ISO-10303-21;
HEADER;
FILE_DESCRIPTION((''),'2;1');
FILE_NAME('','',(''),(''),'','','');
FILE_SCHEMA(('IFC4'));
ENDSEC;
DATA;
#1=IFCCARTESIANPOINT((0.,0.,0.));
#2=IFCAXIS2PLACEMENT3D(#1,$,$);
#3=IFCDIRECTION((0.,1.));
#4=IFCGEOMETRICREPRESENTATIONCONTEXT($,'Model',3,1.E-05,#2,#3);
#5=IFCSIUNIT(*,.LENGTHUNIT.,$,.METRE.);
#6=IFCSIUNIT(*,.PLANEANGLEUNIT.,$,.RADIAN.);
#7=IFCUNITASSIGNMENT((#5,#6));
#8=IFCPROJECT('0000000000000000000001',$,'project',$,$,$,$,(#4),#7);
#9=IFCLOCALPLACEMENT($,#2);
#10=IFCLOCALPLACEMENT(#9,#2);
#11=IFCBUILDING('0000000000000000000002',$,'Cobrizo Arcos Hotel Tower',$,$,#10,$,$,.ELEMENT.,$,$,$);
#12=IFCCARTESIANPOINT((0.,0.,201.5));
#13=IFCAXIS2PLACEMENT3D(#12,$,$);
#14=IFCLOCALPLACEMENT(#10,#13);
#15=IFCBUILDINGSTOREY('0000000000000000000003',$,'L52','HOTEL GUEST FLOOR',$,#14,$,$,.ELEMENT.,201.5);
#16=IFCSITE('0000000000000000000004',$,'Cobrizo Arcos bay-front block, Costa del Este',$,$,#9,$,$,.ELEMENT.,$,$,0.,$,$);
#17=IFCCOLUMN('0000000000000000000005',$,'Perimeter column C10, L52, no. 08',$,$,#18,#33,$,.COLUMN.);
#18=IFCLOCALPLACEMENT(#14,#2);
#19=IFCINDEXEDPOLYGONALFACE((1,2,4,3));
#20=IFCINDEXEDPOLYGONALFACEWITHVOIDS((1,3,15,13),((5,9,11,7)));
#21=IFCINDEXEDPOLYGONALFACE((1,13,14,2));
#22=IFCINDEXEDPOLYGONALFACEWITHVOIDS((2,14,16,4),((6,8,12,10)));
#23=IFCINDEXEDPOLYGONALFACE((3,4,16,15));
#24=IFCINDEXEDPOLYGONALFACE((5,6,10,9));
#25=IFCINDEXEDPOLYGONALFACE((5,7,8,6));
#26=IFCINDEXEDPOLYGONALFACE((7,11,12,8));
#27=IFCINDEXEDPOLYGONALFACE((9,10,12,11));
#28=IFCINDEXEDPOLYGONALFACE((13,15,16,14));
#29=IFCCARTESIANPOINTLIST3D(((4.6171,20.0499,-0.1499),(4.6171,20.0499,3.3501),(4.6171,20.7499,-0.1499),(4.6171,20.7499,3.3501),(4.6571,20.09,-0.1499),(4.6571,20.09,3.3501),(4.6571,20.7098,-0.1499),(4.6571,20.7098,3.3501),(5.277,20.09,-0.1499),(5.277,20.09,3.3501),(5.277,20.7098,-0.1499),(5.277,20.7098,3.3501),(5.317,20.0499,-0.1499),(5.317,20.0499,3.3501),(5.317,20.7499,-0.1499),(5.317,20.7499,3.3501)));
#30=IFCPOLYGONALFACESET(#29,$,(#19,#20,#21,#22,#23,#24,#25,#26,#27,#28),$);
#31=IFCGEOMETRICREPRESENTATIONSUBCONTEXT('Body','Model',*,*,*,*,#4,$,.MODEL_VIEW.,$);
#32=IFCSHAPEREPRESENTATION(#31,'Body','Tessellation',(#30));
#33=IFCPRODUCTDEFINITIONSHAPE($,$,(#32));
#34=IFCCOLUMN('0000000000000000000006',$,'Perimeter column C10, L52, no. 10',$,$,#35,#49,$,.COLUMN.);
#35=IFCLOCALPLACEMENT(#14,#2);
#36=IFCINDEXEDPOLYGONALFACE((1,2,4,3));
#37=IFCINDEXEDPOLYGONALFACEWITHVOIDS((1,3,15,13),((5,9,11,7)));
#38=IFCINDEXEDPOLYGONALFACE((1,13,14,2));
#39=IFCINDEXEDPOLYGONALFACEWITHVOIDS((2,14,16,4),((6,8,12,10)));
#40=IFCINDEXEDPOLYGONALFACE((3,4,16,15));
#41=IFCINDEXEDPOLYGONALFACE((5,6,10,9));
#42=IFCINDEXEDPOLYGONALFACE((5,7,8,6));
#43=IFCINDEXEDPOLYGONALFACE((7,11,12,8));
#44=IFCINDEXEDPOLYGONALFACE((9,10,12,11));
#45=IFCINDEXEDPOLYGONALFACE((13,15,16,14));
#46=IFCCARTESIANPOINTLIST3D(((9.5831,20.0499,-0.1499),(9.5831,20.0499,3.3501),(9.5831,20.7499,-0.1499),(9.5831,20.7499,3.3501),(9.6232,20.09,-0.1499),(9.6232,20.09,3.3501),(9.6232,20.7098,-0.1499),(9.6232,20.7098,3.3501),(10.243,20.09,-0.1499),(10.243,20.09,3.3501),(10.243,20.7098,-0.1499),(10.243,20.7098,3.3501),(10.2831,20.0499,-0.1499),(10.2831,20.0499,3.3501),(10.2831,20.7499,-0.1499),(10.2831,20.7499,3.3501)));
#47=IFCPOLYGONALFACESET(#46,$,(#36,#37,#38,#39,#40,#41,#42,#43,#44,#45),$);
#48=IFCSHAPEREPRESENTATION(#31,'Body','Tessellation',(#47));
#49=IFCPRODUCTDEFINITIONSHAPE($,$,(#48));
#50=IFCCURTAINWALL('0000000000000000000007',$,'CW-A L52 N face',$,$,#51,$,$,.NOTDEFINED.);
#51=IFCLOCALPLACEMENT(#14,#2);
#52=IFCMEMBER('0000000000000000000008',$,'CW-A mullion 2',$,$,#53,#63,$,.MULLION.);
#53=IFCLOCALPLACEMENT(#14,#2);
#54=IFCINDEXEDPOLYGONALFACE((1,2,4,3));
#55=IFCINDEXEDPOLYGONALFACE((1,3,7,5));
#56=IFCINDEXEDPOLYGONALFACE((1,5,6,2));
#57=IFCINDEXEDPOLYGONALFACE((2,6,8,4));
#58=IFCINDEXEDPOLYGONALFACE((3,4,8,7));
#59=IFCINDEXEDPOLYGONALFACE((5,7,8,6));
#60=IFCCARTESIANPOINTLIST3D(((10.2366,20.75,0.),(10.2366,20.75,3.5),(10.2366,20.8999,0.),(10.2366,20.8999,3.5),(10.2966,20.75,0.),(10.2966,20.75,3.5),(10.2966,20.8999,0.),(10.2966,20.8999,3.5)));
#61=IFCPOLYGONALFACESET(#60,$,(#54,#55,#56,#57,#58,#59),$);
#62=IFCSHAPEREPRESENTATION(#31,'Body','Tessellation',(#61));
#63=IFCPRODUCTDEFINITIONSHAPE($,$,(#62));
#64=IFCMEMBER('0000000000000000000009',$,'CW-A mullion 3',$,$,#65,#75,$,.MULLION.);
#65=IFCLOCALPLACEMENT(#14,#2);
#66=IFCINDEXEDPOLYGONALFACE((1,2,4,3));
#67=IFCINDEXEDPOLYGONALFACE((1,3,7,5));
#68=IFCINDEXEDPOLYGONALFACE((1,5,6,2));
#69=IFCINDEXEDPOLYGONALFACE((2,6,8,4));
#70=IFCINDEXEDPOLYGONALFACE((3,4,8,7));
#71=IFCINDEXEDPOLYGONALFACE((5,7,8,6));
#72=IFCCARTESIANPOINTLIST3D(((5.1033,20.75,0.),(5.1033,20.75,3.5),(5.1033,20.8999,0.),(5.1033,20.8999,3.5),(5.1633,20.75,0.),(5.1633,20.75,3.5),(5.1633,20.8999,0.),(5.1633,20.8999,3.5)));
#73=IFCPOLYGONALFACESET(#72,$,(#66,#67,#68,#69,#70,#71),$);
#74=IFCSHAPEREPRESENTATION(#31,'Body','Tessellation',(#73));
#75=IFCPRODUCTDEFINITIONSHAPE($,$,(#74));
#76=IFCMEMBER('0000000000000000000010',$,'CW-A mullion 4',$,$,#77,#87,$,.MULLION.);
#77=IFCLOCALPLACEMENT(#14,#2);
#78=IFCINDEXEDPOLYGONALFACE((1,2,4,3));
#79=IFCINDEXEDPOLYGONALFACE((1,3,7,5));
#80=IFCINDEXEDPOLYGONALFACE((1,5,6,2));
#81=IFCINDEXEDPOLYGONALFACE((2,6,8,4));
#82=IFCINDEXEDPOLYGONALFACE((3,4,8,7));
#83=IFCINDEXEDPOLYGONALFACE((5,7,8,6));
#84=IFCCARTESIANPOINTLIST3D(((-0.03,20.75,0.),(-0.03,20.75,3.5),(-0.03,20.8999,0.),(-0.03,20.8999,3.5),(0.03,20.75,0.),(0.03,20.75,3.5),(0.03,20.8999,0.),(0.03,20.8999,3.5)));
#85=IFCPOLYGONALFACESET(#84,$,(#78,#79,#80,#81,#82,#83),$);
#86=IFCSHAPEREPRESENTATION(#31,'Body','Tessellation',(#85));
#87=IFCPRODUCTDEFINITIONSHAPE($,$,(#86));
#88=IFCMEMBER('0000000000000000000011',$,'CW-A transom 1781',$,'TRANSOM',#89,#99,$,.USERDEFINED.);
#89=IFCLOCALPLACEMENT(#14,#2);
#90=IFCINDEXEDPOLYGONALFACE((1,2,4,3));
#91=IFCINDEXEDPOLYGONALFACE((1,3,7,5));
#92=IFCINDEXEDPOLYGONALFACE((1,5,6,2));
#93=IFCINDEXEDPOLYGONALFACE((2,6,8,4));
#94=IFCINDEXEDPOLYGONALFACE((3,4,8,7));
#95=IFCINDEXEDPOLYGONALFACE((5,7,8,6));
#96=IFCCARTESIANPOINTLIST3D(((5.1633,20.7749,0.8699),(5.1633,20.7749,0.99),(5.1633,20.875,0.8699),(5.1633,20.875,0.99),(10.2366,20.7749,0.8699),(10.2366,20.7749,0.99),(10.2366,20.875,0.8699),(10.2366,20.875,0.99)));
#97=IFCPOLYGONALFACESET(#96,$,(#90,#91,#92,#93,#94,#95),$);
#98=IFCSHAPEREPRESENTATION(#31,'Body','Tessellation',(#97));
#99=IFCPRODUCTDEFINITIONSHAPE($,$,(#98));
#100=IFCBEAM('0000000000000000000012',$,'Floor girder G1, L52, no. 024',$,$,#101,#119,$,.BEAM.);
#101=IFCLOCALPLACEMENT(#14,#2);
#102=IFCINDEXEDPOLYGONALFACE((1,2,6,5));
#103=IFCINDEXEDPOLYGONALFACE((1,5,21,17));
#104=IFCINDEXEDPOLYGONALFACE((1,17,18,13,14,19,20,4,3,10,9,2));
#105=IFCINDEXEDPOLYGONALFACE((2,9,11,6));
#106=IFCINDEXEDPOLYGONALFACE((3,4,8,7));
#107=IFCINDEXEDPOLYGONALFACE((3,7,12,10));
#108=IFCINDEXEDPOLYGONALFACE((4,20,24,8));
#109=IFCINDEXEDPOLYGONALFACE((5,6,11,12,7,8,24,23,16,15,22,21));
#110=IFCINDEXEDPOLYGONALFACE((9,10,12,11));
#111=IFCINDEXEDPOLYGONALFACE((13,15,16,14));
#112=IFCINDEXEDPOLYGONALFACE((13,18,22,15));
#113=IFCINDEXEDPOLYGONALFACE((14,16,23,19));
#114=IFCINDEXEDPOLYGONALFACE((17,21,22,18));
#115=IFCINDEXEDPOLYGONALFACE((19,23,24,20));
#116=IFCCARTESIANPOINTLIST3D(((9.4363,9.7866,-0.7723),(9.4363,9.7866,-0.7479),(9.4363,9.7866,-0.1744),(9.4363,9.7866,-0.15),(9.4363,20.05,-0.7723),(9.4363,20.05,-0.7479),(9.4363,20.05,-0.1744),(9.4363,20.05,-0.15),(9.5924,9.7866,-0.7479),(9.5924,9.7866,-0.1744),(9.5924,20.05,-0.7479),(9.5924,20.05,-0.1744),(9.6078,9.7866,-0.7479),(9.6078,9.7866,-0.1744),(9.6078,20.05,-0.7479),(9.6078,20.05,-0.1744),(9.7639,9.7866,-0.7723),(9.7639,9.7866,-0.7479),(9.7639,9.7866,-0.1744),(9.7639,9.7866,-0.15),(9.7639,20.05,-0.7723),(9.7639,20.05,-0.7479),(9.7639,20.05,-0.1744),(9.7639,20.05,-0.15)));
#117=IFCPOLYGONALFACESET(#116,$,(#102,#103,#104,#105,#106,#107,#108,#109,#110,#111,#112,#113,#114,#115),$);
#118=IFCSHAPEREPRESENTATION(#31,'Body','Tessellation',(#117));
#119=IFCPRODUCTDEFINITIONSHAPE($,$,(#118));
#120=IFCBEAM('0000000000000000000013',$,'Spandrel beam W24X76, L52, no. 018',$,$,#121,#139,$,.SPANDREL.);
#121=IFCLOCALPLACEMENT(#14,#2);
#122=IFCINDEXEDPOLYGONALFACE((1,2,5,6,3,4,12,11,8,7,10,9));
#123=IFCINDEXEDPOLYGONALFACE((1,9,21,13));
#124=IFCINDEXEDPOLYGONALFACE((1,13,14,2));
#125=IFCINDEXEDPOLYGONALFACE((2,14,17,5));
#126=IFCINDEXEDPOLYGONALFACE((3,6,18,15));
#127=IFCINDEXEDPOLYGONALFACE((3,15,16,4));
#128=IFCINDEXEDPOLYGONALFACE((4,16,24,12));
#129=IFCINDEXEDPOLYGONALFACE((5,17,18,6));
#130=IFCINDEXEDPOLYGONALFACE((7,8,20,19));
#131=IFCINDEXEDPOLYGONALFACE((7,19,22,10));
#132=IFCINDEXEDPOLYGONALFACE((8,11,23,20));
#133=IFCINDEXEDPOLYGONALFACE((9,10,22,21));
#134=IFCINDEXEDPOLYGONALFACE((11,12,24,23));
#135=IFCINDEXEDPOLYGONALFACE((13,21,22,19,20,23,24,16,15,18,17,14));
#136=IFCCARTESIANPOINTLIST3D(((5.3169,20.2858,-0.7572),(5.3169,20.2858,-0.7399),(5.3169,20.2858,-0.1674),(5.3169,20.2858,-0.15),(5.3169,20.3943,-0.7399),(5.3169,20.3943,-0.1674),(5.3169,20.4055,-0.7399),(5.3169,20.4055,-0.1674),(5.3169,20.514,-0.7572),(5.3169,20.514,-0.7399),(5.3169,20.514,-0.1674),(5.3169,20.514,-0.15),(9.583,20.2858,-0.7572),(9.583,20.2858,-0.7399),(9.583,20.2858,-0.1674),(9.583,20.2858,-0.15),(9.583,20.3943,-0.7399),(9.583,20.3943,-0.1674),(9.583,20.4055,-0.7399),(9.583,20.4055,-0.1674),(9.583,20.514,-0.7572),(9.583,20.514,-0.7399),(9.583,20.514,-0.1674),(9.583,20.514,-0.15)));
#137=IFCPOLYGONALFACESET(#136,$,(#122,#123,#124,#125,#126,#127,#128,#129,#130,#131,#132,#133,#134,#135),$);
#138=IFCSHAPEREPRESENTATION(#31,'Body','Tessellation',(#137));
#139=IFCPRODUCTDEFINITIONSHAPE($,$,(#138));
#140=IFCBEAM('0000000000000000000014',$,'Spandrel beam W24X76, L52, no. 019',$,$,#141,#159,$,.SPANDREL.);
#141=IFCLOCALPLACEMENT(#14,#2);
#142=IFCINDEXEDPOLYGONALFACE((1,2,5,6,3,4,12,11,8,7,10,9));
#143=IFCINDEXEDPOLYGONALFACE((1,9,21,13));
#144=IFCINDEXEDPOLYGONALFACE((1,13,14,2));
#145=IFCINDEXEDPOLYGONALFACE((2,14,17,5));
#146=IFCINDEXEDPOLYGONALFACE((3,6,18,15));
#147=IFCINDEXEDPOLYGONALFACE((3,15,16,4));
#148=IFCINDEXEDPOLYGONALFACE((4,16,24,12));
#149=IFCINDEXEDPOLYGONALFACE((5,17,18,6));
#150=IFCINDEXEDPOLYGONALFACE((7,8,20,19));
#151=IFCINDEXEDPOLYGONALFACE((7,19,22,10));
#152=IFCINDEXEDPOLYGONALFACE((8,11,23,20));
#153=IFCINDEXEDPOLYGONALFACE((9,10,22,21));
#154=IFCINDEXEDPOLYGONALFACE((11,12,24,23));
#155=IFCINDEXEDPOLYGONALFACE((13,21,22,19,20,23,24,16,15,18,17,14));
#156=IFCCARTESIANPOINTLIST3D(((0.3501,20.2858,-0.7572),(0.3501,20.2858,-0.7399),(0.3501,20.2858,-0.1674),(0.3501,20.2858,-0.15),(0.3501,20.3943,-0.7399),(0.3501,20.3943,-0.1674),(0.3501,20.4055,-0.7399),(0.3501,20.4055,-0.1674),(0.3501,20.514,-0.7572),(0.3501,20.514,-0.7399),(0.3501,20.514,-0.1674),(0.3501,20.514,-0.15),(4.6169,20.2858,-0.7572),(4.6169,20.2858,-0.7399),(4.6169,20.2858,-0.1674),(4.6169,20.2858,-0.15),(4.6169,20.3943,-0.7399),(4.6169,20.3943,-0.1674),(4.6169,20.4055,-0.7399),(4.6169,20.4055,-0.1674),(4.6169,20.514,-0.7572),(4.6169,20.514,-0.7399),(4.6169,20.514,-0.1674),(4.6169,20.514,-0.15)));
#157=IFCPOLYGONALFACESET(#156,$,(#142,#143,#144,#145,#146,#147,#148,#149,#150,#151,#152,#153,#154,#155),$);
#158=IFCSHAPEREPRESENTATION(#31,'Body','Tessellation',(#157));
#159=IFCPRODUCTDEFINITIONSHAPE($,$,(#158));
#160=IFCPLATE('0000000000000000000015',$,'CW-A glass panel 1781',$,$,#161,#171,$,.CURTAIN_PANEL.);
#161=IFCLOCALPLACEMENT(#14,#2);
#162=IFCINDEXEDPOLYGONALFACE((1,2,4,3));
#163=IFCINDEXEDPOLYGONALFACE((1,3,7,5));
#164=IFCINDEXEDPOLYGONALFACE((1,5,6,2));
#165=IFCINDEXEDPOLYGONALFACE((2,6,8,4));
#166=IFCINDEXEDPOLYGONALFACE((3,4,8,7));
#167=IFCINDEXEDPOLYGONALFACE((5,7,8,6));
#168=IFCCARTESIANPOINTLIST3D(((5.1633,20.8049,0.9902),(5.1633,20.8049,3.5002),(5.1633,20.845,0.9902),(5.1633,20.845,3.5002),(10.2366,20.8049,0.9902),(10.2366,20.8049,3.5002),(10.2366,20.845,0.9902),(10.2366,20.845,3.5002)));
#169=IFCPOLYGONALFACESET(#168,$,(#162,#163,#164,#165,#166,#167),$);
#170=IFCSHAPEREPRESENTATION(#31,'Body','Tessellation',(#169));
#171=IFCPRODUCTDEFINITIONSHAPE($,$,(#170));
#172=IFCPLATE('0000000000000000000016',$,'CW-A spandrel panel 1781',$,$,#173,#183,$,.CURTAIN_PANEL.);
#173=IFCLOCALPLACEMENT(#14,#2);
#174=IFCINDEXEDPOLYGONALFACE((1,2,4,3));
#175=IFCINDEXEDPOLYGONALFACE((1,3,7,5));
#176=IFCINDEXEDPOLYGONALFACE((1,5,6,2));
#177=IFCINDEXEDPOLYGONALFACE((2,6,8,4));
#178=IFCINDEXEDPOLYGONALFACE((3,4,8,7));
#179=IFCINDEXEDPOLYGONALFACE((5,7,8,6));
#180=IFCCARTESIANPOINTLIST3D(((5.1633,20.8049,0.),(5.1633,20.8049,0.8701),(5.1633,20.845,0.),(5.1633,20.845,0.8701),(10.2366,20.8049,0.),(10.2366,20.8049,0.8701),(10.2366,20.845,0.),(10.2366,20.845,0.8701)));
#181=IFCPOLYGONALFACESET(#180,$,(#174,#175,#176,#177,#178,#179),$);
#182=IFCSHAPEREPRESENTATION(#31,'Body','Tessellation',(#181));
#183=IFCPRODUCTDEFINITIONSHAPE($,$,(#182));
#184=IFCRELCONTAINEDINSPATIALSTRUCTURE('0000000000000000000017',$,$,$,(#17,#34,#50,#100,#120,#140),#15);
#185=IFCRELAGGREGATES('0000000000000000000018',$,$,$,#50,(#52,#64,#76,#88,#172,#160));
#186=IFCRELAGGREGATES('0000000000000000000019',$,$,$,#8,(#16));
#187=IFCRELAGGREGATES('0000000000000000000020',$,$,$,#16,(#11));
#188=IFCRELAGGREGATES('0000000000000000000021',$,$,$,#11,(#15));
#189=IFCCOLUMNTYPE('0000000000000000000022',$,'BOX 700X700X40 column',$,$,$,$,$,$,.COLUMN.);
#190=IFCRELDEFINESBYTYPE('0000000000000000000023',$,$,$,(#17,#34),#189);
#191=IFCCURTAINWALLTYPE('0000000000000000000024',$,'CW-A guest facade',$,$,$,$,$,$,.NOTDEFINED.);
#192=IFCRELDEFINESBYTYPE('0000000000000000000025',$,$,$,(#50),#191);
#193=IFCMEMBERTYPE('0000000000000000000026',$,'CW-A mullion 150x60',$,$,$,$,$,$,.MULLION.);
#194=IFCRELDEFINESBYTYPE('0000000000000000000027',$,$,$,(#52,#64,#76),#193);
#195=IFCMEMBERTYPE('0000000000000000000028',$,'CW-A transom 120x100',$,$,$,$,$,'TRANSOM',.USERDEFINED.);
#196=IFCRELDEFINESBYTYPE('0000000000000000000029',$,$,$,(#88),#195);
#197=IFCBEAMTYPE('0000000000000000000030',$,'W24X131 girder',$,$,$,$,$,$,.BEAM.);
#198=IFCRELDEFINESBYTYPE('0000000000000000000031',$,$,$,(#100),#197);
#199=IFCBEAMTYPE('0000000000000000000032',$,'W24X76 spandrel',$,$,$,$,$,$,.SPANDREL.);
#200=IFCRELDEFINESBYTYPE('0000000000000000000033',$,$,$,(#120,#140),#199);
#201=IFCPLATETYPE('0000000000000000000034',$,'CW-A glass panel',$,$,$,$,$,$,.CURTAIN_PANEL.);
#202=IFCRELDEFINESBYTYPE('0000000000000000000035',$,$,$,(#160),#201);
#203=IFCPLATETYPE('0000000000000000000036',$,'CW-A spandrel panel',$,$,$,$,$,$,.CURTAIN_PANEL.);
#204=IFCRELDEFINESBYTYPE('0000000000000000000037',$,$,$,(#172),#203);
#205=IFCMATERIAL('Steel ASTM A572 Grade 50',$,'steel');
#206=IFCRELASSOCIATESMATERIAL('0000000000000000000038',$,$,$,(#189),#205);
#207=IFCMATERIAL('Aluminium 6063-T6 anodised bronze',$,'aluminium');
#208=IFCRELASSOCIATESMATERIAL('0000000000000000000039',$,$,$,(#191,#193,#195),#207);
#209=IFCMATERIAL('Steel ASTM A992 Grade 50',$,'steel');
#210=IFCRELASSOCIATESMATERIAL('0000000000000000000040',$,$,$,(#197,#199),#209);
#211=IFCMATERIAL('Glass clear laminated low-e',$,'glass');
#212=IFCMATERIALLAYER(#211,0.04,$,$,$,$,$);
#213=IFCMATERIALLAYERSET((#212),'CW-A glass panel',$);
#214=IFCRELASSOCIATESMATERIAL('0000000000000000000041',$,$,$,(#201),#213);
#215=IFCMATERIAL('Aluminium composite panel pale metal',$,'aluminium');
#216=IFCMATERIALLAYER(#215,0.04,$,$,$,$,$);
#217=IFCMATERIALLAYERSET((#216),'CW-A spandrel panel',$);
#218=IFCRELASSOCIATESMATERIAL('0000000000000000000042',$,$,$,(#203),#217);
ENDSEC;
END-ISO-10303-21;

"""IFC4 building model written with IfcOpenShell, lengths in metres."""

from ifc_helpers import new_model, si_unit, direction, frame, origin, origin_2d, place, context, subcontext, project, spatial, rectangle, hollow_rectangle, i_section, extrude, material, layer, layer_set, material_profile, profile_set, type_object, element, aggregate, save


model = new_model("IFC4")

# Units and contexts
model_context = context("Model", 3, precision=1e-05, world=origin(), true_north=direction((0.0, 1.0)))
body_context = subcontext(model_context, "Body", "Model", "MODEL_VIEW")
ifc_project = project(units=[si_unit("LENGTHUNIT", "METRE"), si_unit("PLANEANGLEUNIT", "RADIAN")], contexts=[model_context])

# Site, building, storey
site_placement = place(None, origin())
site = spatial("IfcSite", under=ifc_project, at=site_placement, Name="Cobrizo Arcos bay-front block, Costa del Este", CompositionType="ELEMENT", RefElevation=0.0)
building_placement = place(site_placement, origin())
building = spatial("IfcBuilding", under=site, at=building_placement, Name="Cobrizo Arcos Hotel Tower", CompositionType="ELEMENT")
storey_placement = place(building_placement, frame((0.0, 0.0, 201.5)))
storey = spatial("IfcBuildingStorey", under=building, at=storey_placement, Name="L52", Description="HOTEL GUEST FLOOR", CompositionType="ELEMENT", Elevation=201.5)

# Columns
ifc_material_1 = material(Name="Steel ASTM A572 Grade 50", Category="steel")
ifc_material_profile_1 = material_profile(ifc_material_1, hollow_rectangle(XDim=0.7, YDim=0.7, WallThickness=0.04, at=origin_2d()), Name="BOX 700X700X40")
ifc_profile_set_1 = profile_set([ifc_material_profile_1], Name="Steel ASTM A572 Grade 50")
column_type = type_object("IfcColumnType", Name="BOX 700X700X40 column", PredefinedType="COLUMN", material=ifc_profile_set_1)
for number, where, z_axis, x_axis, name in (
    (1, (4.967, 20.3999, -0.1499), (0.0, 0.0, 1.0), (1.0, 0.0, 0.0), "Perimeter column C10, L52, no. 08"),
    (2, (9.9331, 20.3999, -0.1499), (0.0, 0.0, 1.0), (1.0, 0.0, 0.0), "Perimeter column C10, L52, no. 10"),
):
    element("IfcColumn", number, at=place(storey_placement, frame(where, z_axis=z_axis, x_axis=x_axis)), inside=storey, type_object=column_type, Name=name, PredefinedType="COLUMN", context=body_context, shape_type="SweptSolid", body=[
        extrude(hollow_rectangle(XDim=0.7, YDim=0.7, WallThickness=0.04, at=origin_2d()), origin(), (0.0, 0.0, 1.0), 3.5),
    ])

# Curtain wall, members
ifc_material_2 = material(Name="Aluminium 6063-T6 anodised bronze", Category="aluminium")
curtain_wall_type = type_object("IfcCurtainWallType", Name="CW-A guest facade", PredefinedType="NOTDEFINED", material=ifc_material_2)
curtain_wall_placement = place(storey_placement, origin())
curtain_wall = element("IfcCurtainWall", 3, at=curtain_wall_placement, inside=storey, type_object=curtain_wall_type, Name="CW-A L52 N face", PredefinedType="NOTDEFINED")
ifc_material_profile_2 = material_profile(ifc_material_2, rectangle(XDim=0.1499, YDim=0.0601, at=origin_2d()), Name="CW-A mullion 150x60")
ifc_profile_set_2 = profile_set([ifc_material_profile_2], Name="Aluminium 6063-T6 anodised bronze")
member_type_1 = type_object("IfcMemberType", Name="CW-A mullion 150x60", PredefinedType="MULLION", material=ifc_profile_set_2)
member_1_placement = place(storey_placement, frame((10.2666, 20.825, 0.0), z_axis=(0.0, 0.0, 1.0), x_axis=(0.0, 1.0, 0.0)))
member_1 = element("IfcMember", 4, at=member_1_placement, type_object=member_type_1, Name="CW-A mullion 2", PredefinedType="MULLION", context=body_context, shape_type="SweptSolid", body=[
    extrude(rectangle(XDim=0.1499, YDim=0.0601, at=origin_2d()), origin(), (0.0, 0.0, 1.0), 3.5),
])
member_2_placement = place(storey_placement, frame((5.1333, 20.825, 0.0), z_axis=(0.0, 0.0, 1.0), x_axis=(0.0, 1.0, 0.0)))
member_2 = element("IfcMember", 5, at=member_2_placement, type_object=member_type_1, Name="CW-A mullion 3", PredefinedType="MULLION", context=body_context, shape_type="SweptSolid", body=[
    extrude(rectangle(XDim=0.1499, YDim=0.0601, at=origin_2d()), origin(), (0.0, 0.0, 1.0), 3.5),
])
member_3_placement = place(storey_placement, frame((0.0, 20.825, 0.0), z_axis=(0.0, 0.0, 1.0), x_axis=(0.0, 1.0, 0.0)))
member_3 = element("IfcMember", 6, at=member_3_placement, type_object=member_type_1, Name="CW-A mullion 4", PredefinedType="MULLION", context=body_context, shape_type="SweptSolid", body=[
    extrude(rectangle(XDim=0.1499, YDim=0.0601, at=origin_2d()), origin(), (0.0, 0.0, 1.0), 3.5),
])
ifc_material_profile_3 = material_profile(ifc_material_2, rectangle(XDim=0.1001, YDim=0.1201, at=origin_2d()), Name="CW-A transom 120x100")
ifc_profile_set_3 = profile_set([ifc_material_profile_3], Name="Aluminium 6063-T6 anodised bronze")
member_type_2 = type_object("IfcMemberType", Name="CW-A transom 120x100", ElementType="TRANSOM", PredefinedType="USERDEFINED", material=ifc_profile_set_3)
member_4_placement = place(storey_placement, frame((10.2366, 20.825, 0.9299), z_axis=(-1.0, 0.0, 0.0), x_axis=(0.0, -1.0, 0.0)))
member_4 = element("IfcMember", 7, at=member_4_placement, type_object=member_type_2, Name="CW-A transom 1781", ObjectType="TRANSOM", PredefinedType="USERDEFINED", context=body_context, shape_type="SweptSolid", body=[
    extrude(rectangle(XDim=0.1001, YDim=0.1201, at=origin_2d()), origin(), (0.0, 0.0, 1.0), 5.0732),
])

# Beams
ifc_material_3 = material(Name="Steel ASTM A992 Grade 50", Category="steel")
ifc_material_profile_4 = material_profile(ifc_material_3, i_section(OverallWidth=0.3276, OverallDepth=0.6223, WebThickness=0.0154, FlangeThickness=0.0244, at=origin_2d()), Name="W24X131")
ifc_profile_set_4 = profile_set([ifc_material_profile_4], Name="Steel ASTM A992 Grade 50")
beam_type_1 = type_object("IfcBeamType", Name="W24X131 girder", PredefinedType="BEAM", material=ifc_profile_set_4)
beam_1_placement = place(storey_placement, frame((9.6001, 9.7866, -0.4612), z_axis=(0.0, 1.0, 0.0), x_axis=(-1.0, 0.0, 0.0)))
element("IfcBeam", 8, at=beam_1_placement, inside=storey, type_object=beam_type_1, Name="Floor girder G1, L52, no. 024", PredefinedType="BEAM", context=body_context, shape_type="SweptSolid", body=[
    extrude(i_section(OverallWidth=0.3276, OverallDepth=0.6223, WebThickness=0.0154, FlangeThickness=0.0244, at=origin_2d()), origin(), (0.0, 0.0, 1.0), 10.2634),
])
ifc_material_profile_5 = material_profile(ifc_material_3, i_section(OverallWidth=0.2283, OverallDepth=0.6072, WebThickness=0.0112, FlangeThickness=0.0173, at=origin_2d()), Name="W24X76")
ifc_profile_set_5 = profile_set([ifc_material_profile_5], Name="Steel ASTM A992 Grade 50")
beam_type_2 = type_object("IfcBeamType", Name="W24X76 spandrel", PredefinedType="SPANDREL", material=ifc_profile_set_5)
beam_2_placement = place(storey_placement, frame((9.583, 20.3999, -0.4536), z_axis=(-1.0, 0.0, 0.0), x_axis=(0.0, -1.0, 0.0)))
element("IfcBeam", 9, at=beam_2_placement, inside=storey, type_object=beam_type_2, Name="Spandrel beam W24X76, L52, no. 018", PredefinedType="SPANDREL", context=body_context, shape_type="SweptSolid", body=[
    extrude(i_section(OverallWidth=0.2283, OverallDepth=0.6072, WebThickness=0.0112, FlangeThickness=0.0173, at=origin_2d()), origin(), (0.0, 0.0, 1.0), 4.2661),
])
beam_3_placement = place(storey_placement, frame((4.6169, 20.3999, -0.4536), z_axis=(-1.0, 0.0, 0.0), x_axis=(0.0, -1.0, 0.0)))
element("IfcBeam", 10, at=beam_3_placement, inside=storey, type_object=beam_type_2, Name="Spandrel beam W24X76, L52, no. 019", PredefinedType="SPANDREL", context=body_context, shape_type="SweptSolid", body=[
    extrude(i_section(OverallWidth=0.2283, OverallDepth=0.6072, WebThickness=0.0112, FlangeThickness=0.0173, at=origin_2d()), origin(), (0.0, 0.0, 1.0), 4.2668),
])

# Plates
ifc_material_4 = material(Name="Glass clear laminated low-e", Category="glass")
ifc_layer_1 = layer(ifc_material_4, 0.04)
ifc_layer_set_1 = layer_set([ifc_layer_1], Name="CW-A glass panel")
plate_type_1 = type_object("IfcPlateType", Name="CW-A glass panel", PredefinedType="CURTAIN_PANEL", material=ifc_layer_set_1)
plate_1_placement = place(storey_placement, frame((7.7, 20.825, 0.9902), z_axis=(0.0, 0.0, 1.0), x_axis=(-1.0, 0.0, 0.0)))
plate_1 = element("IfcPlate", 11, at=plate_1_placement, type_object=plate_type_1, Name="CW-A glass panel 1781", PredefinedType="CURTAIN_PANEL", context=body_context, shape_type="SweptSolid", body=[
    extrude(rectangle(XDim=5.0732, YDim=0.04, at=origin_2d()), origin(), (0.0, 0.0, 1.0), 2.51),
])
ifc_material_5 = material(Name="Aluminium composite panel pale metal", Category="aluminium")
ifc_layer_2 = layer(ifc_material_5, 0.04)
ifc_layer_set_2 = layer_set([ifc_layer_2], Name="CW-A spandrel panel")
plate_type_2 = type_object("IfcPlateType", Name="CW-A spandrel panel", PredefinedType="CURTAIN_PANEL", material=ifc_layer_set_2)
plate_2_placement = place(storey_placement, frame((7.7, 20.825, 0.0), z_axis=(0.0, 0.0, 1.0), x_axis=(-1.0, 0.0, 0.0)))
plate_2 = element("IfcPlate", 12, at=plate_2_placement, type_object=plate_type_2, Name="CW-A spandrel panel 1781", PredefinedType="CURTAIN_PANEL", context=body_context, shape_type="SweptSolid", body=[
    extrude(rectangle(XDim=5.0732, YDim=0.04, at=origin_2d()), origin(), (0.0, 0.0, 1.0), 0.8701),
])
aggregate(curtain_wall, [member_1, member_2, member_3, member_4, plate_2, plate_1])

save(model, "model.ifc")
